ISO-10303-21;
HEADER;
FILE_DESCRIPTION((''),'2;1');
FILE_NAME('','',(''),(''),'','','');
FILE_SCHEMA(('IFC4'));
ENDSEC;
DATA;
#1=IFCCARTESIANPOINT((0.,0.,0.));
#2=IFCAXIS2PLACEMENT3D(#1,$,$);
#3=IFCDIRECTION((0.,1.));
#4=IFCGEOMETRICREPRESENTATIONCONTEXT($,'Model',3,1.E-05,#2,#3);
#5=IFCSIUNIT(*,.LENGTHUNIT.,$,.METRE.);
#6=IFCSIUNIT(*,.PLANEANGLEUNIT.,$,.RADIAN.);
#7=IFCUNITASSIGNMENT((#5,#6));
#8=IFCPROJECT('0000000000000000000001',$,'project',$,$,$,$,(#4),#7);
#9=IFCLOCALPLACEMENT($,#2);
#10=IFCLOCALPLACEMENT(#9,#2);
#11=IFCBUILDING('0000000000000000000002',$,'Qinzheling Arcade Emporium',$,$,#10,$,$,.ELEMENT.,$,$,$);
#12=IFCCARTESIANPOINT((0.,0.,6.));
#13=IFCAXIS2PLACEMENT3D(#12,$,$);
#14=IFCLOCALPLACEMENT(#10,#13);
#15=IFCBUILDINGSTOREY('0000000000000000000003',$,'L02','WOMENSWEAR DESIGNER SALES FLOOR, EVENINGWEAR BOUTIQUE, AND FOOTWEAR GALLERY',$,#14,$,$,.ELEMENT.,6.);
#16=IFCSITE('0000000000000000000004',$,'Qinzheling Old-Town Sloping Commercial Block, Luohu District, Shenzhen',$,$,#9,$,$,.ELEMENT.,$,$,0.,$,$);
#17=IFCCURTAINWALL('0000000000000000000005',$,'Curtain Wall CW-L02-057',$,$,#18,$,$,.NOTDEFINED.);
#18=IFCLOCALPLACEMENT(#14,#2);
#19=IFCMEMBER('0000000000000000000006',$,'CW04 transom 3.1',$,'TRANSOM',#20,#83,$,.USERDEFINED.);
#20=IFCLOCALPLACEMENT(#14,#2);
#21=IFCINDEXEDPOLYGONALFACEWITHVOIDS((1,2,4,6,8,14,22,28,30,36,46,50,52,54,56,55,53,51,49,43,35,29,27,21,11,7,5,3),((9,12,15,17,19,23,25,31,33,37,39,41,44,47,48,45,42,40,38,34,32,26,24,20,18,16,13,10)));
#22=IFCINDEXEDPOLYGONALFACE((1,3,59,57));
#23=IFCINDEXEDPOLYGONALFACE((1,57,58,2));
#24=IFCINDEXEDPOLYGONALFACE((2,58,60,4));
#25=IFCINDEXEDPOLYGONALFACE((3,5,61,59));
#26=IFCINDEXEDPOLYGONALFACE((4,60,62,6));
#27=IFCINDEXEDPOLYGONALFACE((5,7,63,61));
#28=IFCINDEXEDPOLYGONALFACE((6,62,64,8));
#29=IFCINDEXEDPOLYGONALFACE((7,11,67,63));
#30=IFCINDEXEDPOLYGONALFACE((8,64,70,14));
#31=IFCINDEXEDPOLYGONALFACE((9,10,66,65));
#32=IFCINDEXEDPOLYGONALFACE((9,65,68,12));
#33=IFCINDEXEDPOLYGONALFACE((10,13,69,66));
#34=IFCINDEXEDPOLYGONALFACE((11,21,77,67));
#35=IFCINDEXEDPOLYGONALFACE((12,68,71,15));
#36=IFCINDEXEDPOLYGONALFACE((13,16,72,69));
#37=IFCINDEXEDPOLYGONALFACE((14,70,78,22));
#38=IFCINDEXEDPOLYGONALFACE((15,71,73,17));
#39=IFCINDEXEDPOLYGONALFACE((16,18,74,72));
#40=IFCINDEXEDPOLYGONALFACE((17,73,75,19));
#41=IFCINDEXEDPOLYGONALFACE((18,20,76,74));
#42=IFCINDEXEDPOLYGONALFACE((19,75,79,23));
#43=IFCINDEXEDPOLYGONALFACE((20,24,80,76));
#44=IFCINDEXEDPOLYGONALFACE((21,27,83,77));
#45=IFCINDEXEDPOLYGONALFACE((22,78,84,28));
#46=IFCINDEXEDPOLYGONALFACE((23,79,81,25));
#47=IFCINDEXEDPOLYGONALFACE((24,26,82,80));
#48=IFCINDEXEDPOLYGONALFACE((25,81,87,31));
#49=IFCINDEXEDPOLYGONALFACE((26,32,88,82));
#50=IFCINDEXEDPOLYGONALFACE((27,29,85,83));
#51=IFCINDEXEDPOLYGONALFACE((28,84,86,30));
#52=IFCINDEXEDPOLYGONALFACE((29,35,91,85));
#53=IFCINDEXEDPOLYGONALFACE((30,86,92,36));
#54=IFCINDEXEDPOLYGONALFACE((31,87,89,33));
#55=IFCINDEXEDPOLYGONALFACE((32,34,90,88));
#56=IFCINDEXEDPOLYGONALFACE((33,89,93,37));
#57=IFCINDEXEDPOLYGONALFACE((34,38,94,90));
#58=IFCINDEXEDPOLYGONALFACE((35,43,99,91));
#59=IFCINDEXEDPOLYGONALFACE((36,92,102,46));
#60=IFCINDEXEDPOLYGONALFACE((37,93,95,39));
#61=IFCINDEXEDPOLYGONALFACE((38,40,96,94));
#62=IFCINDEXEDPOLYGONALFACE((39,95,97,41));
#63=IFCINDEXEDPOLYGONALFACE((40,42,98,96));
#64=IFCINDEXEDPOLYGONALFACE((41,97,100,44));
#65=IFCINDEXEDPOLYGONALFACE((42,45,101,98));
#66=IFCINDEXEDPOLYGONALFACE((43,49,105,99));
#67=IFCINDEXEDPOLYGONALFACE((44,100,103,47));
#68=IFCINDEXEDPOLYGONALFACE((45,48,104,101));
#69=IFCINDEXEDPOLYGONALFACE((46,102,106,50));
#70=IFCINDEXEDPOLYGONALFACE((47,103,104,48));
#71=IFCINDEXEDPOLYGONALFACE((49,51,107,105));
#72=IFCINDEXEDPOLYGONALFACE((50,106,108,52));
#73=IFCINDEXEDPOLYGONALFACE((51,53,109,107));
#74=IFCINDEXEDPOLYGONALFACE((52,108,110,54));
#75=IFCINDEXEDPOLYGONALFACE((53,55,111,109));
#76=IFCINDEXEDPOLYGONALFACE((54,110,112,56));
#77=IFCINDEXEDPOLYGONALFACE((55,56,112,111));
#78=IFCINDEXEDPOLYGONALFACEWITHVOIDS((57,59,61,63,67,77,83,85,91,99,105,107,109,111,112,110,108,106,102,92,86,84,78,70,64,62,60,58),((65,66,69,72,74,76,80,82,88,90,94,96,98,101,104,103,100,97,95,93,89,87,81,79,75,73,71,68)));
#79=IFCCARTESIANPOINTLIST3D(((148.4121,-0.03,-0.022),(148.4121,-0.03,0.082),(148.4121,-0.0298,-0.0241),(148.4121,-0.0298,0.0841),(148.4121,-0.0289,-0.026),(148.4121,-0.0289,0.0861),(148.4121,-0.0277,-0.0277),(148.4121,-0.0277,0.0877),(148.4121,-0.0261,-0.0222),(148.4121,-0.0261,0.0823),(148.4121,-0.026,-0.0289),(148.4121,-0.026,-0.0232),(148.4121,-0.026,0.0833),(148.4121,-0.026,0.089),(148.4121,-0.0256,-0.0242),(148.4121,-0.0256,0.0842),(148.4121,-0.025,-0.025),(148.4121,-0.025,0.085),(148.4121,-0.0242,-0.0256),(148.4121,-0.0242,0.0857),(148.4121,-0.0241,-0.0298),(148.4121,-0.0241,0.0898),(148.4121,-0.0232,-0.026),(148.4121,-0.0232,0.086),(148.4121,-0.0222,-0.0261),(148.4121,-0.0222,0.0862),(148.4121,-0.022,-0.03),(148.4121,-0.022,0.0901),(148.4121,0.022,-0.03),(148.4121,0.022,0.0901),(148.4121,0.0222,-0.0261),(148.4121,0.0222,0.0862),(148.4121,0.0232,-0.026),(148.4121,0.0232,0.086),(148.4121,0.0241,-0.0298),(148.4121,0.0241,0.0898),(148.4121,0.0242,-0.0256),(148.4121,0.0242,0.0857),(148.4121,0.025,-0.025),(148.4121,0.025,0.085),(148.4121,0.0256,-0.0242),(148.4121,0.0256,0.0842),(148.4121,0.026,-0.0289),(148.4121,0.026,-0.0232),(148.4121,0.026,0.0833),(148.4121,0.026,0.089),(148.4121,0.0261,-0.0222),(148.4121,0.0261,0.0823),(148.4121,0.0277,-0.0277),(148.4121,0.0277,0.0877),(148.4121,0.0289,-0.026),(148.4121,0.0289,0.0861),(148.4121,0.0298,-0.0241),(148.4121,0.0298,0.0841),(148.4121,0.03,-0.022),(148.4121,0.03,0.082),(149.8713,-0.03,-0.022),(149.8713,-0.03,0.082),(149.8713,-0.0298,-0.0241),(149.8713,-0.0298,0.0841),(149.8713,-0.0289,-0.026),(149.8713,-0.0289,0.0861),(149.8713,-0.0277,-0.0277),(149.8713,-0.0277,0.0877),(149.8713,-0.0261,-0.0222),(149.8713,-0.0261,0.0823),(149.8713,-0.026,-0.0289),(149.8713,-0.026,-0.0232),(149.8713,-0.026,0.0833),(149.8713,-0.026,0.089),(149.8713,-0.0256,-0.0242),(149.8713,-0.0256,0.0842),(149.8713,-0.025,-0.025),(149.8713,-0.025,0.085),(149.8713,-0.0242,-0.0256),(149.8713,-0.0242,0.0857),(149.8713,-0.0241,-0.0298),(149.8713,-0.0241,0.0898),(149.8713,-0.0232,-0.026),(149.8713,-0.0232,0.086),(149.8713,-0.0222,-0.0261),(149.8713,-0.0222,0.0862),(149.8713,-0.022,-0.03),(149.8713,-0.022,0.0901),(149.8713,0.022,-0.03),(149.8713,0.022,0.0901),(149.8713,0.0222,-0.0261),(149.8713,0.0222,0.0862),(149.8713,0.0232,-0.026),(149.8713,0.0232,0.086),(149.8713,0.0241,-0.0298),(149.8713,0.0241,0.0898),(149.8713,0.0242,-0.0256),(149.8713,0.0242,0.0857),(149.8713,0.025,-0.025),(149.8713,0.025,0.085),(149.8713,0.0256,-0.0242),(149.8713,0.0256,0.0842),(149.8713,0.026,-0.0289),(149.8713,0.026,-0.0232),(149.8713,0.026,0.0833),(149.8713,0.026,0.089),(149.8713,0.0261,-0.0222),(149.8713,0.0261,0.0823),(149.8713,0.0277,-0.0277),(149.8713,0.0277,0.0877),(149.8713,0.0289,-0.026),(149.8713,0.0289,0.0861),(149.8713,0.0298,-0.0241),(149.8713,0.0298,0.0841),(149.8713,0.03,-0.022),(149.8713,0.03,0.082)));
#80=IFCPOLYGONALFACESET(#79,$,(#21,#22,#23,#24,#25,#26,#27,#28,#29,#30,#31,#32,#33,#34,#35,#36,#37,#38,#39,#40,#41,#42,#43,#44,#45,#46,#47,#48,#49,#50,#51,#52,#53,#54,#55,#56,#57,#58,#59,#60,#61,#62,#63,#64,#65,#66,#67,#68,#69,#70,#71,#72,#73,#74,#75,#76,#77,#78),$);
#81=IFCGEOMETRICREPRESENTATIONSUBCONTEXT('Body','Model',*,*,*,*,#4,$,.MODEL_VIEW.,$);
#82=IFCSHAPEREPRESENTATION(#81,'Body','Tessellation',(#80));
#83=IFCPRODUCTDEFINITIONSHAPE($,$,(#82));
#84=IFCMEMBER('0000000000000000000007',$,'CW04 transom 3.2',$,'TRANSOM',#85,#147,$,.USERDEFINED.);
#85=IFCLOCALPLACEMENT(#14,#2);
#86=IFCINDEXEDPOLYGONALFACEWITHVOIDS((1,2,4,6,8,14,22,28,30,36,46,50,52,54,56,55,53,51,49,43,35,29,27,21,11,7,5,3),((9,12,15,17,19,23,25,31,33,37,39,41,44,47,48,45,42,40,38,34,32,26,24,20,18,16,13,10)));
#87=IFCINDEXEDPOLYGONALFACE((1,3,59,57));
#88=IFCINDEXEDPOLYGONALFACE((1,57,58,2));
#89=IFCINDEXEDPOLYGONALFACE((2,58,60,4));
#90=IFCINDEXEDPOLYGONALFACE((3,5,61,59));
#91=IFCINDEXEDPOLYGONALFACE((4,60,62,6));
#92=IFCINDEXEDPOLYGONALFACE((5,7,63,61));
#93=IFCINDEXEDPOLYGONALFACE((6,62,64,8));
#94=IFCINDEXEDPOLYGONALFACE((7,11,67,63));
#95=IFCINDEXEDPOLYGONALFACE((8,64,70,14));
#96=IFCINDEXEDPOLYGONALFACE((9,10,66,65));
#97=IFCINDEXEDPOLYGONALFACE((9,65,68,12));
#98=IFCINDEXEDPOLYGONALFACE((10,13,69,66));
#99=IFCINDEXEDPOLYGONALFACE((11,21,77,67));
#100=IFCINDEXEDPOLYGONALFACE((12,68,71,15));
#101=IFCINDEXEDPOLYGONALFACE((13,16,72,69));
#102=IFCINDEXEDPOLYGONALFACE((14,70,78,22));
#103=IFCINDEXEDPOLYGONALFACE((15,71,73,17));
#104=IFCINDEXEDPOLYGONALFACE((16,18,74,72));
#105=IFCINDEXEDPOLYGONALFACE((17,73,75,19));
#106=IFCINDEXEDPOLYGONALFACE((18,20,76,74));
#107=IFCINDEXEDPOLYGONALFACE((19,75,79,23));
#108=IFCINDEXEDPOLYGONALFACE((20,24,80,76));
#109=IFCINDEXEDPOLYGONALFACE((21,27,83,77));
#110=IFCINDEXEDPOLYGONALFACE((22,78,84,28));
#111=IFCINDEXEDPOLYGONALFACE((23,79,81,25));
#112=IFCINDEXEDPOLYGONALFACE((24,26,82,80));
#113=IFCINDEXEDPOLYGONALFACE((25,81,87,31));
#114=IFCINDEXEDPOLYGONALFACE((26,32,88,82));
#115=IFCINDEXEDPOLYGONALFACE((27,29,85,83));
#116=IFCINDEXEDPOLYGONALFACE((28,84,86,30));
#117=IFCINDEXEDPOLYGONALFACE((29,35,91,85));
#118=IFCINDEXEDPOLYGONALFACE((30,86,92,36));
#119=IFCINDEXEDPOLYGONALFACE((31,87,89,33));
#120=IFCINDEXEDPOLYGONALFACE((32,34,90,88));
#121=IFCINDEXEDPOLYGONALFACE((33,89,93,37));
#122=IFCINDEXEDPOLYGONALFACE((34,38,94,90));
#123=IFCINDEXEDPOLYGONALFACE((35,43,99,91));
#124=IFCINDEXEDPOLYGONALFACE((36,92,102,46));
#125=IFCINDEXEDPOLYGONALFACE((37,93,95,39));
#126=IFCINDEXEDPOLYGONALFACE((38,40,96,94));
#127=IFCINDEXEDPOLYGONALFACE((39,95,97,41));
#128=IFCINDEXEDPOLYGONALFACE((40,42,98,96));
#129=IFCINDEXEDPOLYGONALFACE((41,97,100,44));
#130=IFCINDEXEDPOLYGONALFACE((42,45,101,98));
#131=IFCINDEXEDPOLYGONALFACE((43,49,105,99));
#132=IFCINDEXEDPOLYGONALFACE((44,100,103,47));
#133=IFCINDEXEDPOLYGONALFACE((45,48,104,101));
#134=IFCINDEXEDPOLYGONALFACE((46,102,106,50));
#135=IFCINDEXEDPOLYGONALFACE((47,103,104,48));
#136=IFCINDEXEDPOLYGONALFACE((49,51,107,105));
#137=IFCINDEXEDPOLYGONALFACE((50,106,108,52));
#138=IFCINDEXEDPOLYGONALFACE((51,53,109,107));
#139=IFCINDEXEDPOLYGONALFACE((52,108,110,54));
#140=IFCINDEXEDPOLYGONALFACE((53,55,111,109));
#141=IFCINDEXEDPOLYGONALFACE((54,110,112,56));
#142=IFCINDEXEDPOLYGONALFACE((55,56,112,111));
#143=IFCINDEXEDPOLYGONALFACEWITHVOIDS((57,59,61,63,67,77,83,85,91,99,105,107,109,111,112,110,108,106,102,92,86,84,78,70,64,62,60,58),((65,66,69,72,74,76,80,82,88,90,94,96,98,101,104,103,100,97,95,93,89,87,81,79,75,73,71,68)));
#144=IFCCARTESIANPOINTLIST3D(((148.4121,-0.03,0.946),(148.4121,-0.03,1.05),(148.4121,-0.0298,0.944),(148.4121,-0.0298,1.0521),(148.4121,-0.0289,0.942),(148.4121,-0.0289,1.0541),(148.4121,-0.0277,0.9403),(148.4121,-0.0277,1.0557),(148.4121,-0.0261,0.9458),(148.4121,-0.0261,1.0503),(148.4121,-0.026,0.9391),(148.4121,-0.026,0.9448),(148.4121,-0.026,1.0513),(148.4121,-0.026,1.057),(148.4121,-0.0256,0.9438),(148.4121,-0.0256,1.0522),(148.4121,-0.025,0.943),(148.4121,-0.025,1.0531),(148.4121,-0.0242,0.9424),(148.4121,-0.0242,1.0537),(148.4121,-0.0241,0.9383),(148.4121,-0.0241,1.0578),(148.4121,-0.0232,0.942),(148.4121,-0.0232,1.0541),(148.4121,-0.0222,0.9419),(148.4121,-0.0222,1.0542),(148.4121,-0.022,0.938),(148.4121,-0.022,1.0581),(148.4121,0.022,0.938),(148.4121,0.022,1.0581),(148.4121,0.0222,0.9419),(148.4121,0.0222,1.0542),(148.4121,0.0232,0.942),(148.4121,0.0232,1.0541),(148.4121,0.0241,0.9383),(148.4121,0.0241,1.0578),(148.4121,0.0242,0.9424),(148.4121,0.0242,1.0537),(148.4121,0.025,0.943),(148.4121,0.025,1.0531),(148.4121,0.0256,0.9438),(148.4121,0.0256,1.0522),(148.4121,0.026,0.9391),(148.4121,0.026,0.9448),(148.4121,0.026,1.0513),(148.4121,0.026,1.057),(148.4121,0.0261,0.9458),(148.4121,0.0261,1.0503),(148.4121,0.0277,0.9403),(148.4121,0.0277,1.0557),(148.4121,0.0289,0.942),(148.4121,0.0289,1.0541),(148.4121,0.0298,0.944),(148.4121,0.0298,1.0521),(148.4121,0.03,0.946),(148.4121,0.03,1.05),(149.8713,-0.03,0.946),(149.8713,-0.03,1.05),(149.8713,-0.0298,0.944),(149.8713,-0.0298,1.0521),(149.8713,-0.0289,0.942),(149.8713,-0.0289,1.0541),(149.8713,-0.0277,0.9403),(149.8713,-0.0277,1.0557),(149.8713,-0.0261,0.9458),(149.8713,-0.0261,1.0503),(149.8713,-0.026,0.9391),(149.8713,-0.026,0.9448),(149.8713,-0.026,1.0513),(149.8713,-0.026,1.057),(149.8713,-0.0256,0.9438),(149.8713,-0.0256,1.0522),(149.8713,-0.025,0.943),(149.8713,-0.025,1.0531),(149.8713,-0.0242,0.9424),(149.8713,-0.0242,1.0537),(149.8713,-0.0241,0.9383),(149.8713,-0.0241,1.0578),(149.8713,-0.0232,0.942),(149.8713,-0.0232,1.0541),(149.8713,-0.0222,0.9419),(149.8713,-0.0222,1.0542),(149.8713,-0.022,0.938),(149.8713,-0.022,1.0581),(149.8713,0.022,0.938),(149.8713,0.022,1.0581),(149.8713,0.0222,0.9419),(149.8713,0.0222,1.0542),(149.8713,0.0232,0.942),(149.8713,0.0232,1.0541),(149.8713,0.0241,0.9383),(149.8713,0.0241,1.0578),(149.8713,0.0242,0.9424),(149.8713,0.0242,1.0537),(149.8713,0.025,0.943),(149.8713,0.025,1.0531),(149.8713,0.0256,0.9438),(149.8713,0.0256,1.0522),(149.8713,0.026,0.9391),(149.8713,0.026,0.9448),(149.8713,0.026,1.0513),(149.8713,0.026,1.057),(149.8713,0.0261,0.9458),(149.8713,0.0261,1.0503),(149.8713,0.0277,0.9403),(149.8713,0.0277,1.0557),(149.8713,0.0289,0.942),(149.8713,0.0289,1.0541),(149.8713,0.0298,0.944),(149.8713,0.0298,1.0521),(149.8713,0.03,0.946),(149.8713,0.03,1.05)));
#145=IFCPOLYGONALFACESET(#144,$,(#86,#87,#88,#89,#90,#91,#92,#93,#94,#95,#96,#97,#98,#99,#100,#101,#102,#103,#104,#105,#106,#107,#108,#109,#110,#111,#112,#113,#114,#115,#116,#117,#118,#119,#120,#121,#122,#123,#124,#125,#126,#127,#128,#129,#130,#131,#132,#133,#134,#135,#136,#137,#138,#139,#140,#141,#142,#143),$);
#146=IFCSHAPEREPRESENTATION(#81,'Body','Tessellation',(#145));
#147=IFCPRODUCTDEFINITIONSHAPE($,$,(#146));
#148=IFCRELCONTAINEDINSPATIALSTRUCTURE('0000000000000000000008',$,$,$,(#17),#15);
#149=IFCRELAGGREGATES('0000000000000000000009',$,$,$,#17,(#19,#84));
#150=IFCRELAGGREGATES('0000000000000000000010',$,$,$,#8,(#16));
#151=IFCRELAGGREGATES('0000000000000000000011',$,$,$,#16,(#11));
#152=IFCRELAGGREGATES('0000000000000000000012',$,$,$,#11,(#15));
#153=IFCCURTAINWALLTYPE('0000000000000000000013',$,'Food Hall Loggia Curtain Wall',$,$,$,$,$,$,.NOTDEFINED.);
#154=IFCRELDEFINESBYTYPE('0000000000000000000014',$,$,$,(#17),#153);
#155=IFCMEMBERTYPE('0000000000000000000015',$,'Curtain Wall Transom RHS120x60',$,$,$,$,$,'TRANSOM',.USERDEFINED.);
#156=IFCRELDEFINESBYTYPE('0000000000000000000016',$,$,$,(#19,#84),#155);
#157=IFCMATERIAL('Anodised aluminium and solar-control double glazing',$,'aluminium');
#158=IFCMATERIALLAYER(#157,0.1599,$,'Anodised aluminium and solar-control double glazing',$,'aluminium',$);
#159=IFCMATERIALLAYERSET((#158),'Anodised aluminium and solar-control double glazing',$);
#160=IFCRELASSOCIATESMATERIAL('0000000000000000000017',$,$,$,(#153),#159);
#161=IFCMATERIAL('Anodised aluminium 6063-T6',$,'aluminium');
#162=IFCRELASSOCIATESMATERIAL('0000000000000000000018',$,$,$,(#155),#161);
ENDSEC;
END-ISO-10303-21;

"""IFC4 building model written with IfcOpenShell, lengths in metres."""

from ifc_helpers import new_model, si_unit, direction, frame, origin, origin_2d, place, context, subcontext, project, spatial, hollow_rectangle, extrude, material, layer, layer_set, material_profile, profile_set, type_object, element, aggregate, save


model = new_model("IFC4")

# Units and contexts
model_context = context("Model", 3, precision=1e-05, world=origin(), true_north=direction((0.0, 1.0)))
body_context = subcontext(model_context, "Body", "Model", "MODEL_VIEW")
ifc_project = project(units=[si_unit("LENGTHUNIT", "METRE"), si_unit("PLANEANGLEUNIT", "RADIAN")], contexts=[model_context])

# Site, building, storey
site_placement = place(None, origin())
site = spatial("IfcSite", under=ifc_project, at=site_placement, Name="Qinzheling Old-Town Sloping Commercial Block, Luohu District, Shenzhen", CompositionType="ELEMENT", RefElevation=0.0)
building_placement = place(site_placement, origin())
building = spatial("IfcBuilding", under=site, at=building_placement, Name="Qinzheling Arcade Emporium", CompositionType="ELEMENT")
storey_placement = place(building_placement, frame((0.0, 0.0, 6.0)))
storey = spatial("IfcBuildingStorey", under=building, at=storey_placement, Name="L02", Description="WOMENSWEAR DESIGNER SALES FLOOR, EVENINGWEAR BOUTIQUE, AND FOOTWEAR GALLERY", CompositionType="ELEMENT", Elevation=6.0)

# Curtain wall, members
ifc_material_1 = material(Name="Anodised aluminium and solar-control double glazing", Category="aluminium")
ifc_layer_1 = layer(ifc_material_1, 0.1599, Name="Anodised aluminium and solar-control double glazing", Category="aluminium")
ifc_layer_set_1 = layer_set([ifc_layer_1], Name="Anodised aluminium and solar-control double glazing")
curtain_wall_type = type_object("IfcCurtainWallType", Name="Food Hall Loggia Curtain Wall", PredefinedType="NOTDEFINED", material=ifc_layer_set_1)
curtain_wall_placement = place(storey_placement, origin())
curtain_wall = element("IfcCurtainWall", 1, at=curtain_wall_placement, inside=storey, type_object=curtain_wall_type, Name="Curtain Wall CW-L02-057", PredefinedType="NOTDEFINED")
ifc_material_2 = material(Name="Anodised aluminium 6063-T6", Category="aluminium")
ifc_material_profile_1 = material_profile(ifc_material_2, hollow_rectangle(XDim=0.0601, YDim=0.1201, WallThickness=0.0039, InnerFilletRadius=0.0039, OuterFilletRadius=0.0081, at=origin_2d()), Name="RHS 120x60x4", Category="aluminium")
ifc_profile_set_1 = profile_set([ifc_material_profile_1], Name="Anodised aluminium 6063-T6")
member_type_1 = type_object("IfcMemberType", Name="Curtain Wall Transom RHS120x60", ElementType="TRANSOM", PredefinedType="USERDEFINED", material=ifc_profile_set_1)
member_1_placement = place(storey_placement, frame((149.8713, 0.0, 0.03), z_axis=(-1.0, 0.0, 0.0), x_axis=(0.0, -1.0, 0.0)))
member_1 = element("IfcMember", 2, at=member_1_placement, type_object=member_type_1, Name="CW04 transom 3.1", ObjectType="TRANSOM", PredefinedType="USERDEFINED", context=body_context, shape_type="SweptSolid", body=[
    extrude(hollow_rectangle(XDim=0.0601, YDim=0.1201, WallThickness=0.0039, InnerFilletRadius=0.0039, OuterFilletRadius=0.0081, at=origin_2d()), origin(), (0.0, 0.0, 1.0), 1.4592),
])
member_2_placement = place(storey_placement, frame((149.8713, 0.0, 0.998), z_axis=(-1.0, 0.0, 0.0), x_axis=(0.0, -1.0, 0.0)))
member_2 = element("IfcMember", 3, at=member_2_placement, type_object=member_type_1, Name="CW04 transom 3.2", ObjectType="TRANSOM", PredefinedType="USERDEFINED", context=body_context, shape_type="SweptSolid", body=[
    extrude(hollow_rectangle(XDim=0.0601, YDim=0.1201, WallThickness=0.0039, InnerFilletRadius=0.0039, OuterFilletRadius=0.0081, at=origin_2d()), origin(), (0.0, 0.0, 1.0), 1.4592),
])

aggregate(curtain_wall, [member_1, member_2])

save(model, "model.ifc")
